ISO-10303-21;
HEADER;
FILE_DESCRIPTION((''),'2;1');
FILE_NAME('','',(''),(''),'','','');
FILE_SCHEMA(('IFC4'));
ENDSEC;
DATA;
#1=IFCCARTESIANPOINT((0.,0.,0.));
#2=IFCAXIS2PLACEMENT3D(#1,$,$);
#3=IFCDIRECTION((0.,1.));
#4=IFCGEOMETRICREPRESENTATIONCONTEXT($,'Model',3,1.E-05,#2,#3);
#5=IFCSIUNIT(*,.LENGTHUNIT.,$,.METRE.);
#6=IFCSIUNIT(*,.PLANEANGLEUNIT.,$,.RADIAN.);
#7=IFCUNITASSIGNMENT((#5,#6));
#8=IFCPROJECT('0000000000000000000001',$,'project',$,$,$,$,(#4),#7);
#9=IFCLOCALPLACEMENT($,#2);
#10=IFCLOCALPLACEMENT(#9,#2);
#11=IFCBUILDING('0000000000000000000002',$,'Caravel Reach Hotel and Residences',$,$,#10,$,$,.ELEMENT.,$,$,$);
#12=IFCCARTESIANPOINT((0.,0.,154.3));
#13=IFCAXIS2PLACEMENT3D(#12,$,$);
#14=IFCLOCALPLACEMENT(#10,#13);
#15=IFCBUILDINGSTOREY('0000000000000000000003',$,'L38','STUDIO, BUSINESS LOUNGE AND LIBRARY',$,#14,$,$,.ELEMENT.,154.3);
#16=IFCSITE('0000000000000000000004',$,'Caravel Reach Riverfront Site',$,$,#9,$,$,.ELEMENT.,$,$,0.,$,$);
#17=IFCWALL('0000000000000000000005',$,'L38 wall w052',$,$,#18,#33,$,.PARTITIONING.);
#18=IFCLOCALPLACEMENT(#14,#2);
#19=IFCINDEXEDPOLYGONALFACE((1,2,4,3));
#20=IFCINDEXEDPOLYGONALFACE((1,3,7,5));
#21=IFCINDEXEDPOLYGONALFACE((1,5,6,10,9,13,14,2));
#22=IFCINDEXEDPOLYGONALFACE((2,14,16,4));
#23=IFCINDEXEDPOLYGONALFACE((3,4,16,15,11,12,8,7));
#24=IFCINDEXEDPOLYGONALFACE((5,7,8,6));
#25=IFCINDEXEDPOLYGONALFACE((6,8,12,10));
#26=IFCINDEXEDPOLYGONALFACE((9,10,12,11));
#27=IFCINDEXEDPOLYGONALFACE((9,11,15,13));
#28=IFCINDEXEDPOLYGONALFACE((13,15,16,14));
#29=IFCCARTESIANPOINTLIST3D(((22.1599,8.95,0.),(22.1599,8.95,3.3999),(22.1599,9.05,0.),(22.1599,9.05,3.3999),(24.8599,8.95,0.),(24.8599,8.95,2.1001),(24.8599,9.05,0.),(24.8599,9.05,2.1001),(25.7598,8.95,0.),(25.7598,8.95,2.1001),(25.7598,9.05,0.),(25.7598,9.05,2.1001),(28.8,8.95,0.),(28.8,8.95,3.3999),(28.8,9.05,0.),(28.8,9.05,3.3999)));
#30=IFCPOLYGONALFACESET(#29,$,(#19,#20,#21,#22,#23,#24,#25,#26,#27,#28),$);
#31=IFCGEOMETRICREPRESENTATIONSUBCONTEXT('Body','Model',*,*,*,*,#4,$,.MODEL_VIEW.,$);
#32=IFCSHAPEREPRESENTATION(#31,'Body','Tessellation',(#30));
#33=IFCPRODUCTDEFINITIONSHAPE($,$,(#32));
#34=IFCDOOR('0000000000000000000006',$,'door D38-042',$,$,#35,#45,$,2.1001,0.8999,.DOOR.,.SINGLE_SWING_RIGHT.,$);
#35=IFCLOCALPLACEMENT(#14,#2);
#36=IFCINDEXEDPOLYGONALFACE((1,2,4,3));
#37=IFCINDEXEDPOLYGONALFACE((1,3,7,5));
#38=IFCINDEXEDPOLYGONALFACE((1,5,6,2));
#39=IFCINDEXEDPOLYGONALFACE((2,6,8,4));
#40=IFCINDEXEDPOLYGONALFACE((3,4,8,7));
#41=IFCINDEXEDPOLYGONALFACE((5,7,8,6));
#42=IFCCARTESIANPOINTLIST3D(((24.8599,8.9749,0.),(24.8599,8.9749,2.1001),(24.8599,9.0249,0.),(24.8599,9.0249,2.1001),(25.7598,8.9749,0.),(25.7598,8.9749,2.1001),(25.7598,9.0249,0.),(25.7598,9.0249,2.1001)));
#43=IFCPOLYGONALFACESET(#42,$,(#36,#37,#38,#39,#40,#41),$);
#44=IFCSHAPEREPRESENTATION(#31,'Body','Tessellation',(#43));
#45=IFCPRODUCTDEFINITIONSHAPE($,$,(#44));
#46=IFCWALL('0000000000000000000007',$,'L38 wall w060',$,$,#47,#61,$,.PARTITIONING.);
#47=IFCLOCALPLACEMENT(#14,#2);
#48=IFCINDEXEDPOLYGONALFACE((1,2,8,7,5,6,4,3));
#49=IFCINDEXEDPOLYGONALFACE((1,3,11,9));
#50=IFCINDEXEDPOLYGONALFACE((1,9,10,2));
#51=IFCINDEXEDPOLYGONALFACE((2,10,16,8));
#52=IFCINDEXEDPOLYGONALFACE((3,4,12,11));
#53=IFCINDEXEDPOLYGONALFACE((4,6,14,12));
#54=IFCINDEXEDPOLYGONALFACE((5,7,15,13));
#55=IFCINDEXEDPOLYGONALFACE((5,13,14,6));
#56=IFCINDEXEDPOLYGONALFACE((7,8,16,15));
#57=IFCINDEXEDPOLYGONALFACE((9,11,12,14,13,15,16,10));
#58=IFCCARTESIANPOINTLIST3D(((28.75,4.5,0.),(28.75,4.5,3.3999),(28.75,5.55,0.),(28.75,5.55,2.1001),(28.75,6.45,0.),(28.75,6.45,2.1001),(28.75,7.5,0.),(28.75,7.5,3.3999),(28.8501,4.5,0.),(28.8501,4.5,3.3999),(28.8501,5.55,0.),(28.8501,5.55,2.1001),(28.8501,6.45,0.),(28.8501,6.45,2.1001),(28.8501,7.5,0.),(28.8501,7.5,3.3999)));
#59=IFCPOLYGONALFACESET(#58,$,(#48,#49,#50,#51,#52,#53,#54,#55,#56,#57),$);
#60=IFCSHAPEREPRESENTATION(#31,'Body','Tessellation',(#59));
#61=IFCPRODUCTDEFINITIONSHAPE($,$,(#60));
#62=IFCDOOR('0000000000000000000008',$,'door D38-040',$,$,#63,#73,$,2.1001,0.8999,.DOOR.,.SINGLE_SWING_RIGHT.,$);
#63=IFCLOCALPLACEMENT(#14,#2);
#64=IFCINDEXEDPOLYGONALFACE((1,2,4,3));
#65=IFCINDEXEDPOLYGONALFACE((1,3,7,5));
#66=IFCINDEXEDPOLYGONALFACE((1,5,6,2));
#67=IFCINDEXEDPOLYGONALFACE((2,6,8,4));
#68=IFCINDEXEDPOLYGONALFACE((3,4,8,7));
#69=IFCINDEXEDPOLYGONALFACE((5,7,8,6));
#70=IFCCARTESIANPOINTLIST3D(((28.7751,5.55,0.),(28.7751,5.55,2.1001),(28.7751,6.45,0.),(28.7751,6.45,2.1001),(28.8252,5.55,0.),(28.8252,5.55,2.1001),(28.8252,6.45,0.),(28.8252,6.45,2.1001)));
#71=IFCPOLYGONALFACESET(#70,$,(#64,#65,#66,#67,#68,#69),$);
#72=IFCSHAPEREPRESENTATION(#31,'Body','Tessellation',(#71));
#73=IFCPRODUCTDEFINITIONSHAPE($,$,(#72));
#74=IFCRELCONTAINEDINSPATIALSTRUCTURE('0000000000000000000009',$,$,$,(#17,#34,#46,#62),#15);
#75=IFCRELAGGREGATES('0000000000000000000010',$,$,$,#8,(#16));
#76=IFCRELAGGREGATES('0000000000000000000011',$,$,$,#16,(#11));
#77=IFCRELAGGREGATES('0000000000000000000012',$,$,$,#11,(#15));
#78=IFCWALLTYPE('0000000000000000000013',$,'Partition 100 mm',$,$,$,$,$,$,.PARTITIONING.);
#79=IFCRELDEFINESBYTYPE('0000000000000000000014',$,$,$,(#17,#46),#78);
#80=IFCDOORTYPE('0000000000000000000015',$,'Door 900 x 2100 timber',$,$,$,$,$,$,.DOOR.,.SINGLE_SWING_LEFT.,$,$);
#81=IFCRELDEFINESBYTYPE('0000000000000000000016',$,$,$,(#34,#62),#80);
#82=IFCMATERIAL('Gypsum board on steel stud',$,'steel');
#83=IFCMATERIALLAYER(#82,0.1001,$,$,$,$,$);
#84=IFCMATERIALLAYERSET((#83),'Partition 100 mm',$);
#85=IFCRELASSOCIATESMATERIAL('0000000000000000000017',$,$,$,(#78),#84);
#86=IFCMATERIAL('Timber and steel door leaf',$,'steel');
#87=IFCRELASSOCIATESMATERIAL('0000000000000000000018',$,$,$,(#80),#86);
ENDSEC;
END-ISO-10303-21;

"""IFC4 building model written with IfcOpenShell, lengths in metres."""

from ifc_helpers import new_model, si_unit, direction, frame, frame_2d, origin, place, context, subcontext, project, spatial, rectangle, extrude, material, layer, layer_set, type_object, element, fill, save


model = new_model("IFC4")

# Units and contexts
model_context = context("Model", 3, precision=1e-05, world=origin(), true_north=direction((0.0, 1.0)))
body_context = subcontext(model_context, "Body", "Model", "MODEL_VIEW")
ifc_project = project(units=[si_unit("LENGTHUNIT", "METRE"), si_unit("PLANEANGLEUNIT", "RADIAN")], contexts=[model_context])

# Site, building, storey
site_placement = place(None, origin())
site = spatial("IfcSite", under=ifc_project, at=site_placement, Name="Caravel Reach Riverfront Site", CompositionType="ELEMENT", RefElevation=0.0)
building_placement = place(site_placement, origin())
building = spatial("IfcBuilding", under=site, at=building_placement, Name="Caravel Reach Hotel and Residences", CompositionType="ELEMENT")
storey_placement = place(building_placement, frame((0.0, 0.0, 154.3)))
storey = spatial("IfcBuildingStorey", under=building, at=storey_placement, Name="L38", Description="STUDIO, BUSINESS LOUNGE AND LIBRARY", CompositionType="ELEMENT", Elevation=154.3)

# Shared definitions
ifc_material_1 = material(Name="Gypsum board on steel stud", Category="steel")
ifc_layer_1 = layer(ifc_material_1, 0.1001)
ifc_layer_set_1 = layer_set([ifc_layer_1], Name="Partition 100 mm")
wall_type_1 = type_object("IfcWallType", Name="Partition 100 mm", PredefinedType="PARTITIONING", material=ifc_layer_set_1)

# Walls, openings, doors
wall_1_placement = place(storey_placement, frame((22.1599, 9.0, 0.0), z_axis=(0.0, 0.0, 1.0), x_axis=(1.0, 0.0, 0.0)))
wall_1 = element("IfcWall", 1, at=wall_1_placement, inside=storey, type_object=wall_type_1, Name="L38 wall w052", PredefinedType="PARTITIONING", context=body_context, shape_type="SweptSolid", body=[
    extrude(rectangle(XDim=6.6401, YDim=0.1001, at=frame_2d((3.3201, 0.0))), origin(), (0.0, 0.0, 1.0), 3.3999),
])
opening_1_placement = place(wall_1_placement, frame((2.7, 0.0, 0.0)))
opening_1 = element("IfcOpeningElement", 2, at=opening_1_placement, cuts=wall_1, PredefinedType="OPENING", context=body_context, shape_type="SweptSolid", body=[
    extrude(rectangle(XDim=0.8999, YDim=2.1001, at=frame_2d((0.45, 1.05))), frame((0.0, 0.0601, 0.0), z_axis=(0.0, -1.0, 0.0), x_axis=(1.0, 0.0, 0.0)), (0.0, 0.0, 1.0), 0.1201),
])
ifc_material_2 = material(Name="Timber and steel door leaf", Category="steel")
door_type = type_object("IfcDoorType", Name="Door 900 x 2100 timber", OperationType="SINGLE_SWING_LEFT", PredefinedType="DOOR", material=ifc_material_2)
door_1_placement = place(opening_1_placement, origin())
door_1 = element("IfcDoor", 3, at=door_1_placement, inside=storey, type_object=door_type, Name="door D38-042", OperationType="SINGLE_SWING_RIGHT", OverallHeight=2.1001, OverallWidth=0.8999, PredefinedType="DOOR", context=body_context, shape_type="SweptSolid", body=[
    extrude(rectangle(XDim=0.8999, YDim=2.1001, at=frame_2d((0.45, 1.05))), frame((0.0, 0.0249, 0.0), z_axis=(0.0, -1.0, 0.0), x_axis=(1.0, 0.0, 0.0)), (0.0, 0.0, 1.0), 0.05),
])
fill(opening_1, door_1)
wall_2_placement = place(storey_placement, frame((28.8, 4.5, 0.0), z_axis=(0.0, 0.0, 1.0), x_axis=(0.0, 1.0, 0.0)))
wall_2 = element("IfcWall", 4, at=wall_2_placement, inside=storey, type_object=wall_type_1, Name="L38 wall w060", PredefinedType="PARTITIONING", context=body_context, shape_type="SweptSolid", body=[
    extrude(rectangle(XDim=3.0, YDim=0.1001, at=frame_2d((1.5, 0.0))), origin(), (0.0, 0.0, 1.0), 3.3999),
])
opening_2_placement = place(wall_2_placement, frame((1.05, 0.0, 0.0)))
opening_2 = element("IfcOpeningElement", 5, at=opening_2_placement, cuts=wall_2, PredefinedType="OPENING", context=body_context, shape_type="SweptSolid", body=[
    extrude(rectangle(XDim=0.8999, YDim=2.1001, at=frame_2d((0.45, 1.05))), frame((0.0, 0.0601, 0.0), z_axis=(0.0, -1.0, 0.0), x_axis=(1.0, 0.0, 0.0)), (0.0, 0.0, 1.0), 0.1201),
])
door_2_placement = place(opening_2_placement, origin())
door_2 = element("IfcDoor", 6, at=door_2_placement, inside=storey, type_object=door_type, Name="door D38-040", OperationType="SINGLE_SWING_RIGHT", OverallHeight=2.1001, OverallWidth=0.8999, PredefinedType="DOOR", context=body_context, shape_type="SweptSolid", body=[
    extrude(rectangle(XDim=0.8999, YDim=2.1001, at=frame_2d((0.45, 1.05))), frame((0.0, 0.0249, 0.0), z_axis=(0.0, -1.0, 0.0), x_axis=(1.0, 0.0, 0.0)), (0.0, 0.0, 1.0), 0.05),
])
fill(opening_2, door_2)

save(model, "model.ifc")
